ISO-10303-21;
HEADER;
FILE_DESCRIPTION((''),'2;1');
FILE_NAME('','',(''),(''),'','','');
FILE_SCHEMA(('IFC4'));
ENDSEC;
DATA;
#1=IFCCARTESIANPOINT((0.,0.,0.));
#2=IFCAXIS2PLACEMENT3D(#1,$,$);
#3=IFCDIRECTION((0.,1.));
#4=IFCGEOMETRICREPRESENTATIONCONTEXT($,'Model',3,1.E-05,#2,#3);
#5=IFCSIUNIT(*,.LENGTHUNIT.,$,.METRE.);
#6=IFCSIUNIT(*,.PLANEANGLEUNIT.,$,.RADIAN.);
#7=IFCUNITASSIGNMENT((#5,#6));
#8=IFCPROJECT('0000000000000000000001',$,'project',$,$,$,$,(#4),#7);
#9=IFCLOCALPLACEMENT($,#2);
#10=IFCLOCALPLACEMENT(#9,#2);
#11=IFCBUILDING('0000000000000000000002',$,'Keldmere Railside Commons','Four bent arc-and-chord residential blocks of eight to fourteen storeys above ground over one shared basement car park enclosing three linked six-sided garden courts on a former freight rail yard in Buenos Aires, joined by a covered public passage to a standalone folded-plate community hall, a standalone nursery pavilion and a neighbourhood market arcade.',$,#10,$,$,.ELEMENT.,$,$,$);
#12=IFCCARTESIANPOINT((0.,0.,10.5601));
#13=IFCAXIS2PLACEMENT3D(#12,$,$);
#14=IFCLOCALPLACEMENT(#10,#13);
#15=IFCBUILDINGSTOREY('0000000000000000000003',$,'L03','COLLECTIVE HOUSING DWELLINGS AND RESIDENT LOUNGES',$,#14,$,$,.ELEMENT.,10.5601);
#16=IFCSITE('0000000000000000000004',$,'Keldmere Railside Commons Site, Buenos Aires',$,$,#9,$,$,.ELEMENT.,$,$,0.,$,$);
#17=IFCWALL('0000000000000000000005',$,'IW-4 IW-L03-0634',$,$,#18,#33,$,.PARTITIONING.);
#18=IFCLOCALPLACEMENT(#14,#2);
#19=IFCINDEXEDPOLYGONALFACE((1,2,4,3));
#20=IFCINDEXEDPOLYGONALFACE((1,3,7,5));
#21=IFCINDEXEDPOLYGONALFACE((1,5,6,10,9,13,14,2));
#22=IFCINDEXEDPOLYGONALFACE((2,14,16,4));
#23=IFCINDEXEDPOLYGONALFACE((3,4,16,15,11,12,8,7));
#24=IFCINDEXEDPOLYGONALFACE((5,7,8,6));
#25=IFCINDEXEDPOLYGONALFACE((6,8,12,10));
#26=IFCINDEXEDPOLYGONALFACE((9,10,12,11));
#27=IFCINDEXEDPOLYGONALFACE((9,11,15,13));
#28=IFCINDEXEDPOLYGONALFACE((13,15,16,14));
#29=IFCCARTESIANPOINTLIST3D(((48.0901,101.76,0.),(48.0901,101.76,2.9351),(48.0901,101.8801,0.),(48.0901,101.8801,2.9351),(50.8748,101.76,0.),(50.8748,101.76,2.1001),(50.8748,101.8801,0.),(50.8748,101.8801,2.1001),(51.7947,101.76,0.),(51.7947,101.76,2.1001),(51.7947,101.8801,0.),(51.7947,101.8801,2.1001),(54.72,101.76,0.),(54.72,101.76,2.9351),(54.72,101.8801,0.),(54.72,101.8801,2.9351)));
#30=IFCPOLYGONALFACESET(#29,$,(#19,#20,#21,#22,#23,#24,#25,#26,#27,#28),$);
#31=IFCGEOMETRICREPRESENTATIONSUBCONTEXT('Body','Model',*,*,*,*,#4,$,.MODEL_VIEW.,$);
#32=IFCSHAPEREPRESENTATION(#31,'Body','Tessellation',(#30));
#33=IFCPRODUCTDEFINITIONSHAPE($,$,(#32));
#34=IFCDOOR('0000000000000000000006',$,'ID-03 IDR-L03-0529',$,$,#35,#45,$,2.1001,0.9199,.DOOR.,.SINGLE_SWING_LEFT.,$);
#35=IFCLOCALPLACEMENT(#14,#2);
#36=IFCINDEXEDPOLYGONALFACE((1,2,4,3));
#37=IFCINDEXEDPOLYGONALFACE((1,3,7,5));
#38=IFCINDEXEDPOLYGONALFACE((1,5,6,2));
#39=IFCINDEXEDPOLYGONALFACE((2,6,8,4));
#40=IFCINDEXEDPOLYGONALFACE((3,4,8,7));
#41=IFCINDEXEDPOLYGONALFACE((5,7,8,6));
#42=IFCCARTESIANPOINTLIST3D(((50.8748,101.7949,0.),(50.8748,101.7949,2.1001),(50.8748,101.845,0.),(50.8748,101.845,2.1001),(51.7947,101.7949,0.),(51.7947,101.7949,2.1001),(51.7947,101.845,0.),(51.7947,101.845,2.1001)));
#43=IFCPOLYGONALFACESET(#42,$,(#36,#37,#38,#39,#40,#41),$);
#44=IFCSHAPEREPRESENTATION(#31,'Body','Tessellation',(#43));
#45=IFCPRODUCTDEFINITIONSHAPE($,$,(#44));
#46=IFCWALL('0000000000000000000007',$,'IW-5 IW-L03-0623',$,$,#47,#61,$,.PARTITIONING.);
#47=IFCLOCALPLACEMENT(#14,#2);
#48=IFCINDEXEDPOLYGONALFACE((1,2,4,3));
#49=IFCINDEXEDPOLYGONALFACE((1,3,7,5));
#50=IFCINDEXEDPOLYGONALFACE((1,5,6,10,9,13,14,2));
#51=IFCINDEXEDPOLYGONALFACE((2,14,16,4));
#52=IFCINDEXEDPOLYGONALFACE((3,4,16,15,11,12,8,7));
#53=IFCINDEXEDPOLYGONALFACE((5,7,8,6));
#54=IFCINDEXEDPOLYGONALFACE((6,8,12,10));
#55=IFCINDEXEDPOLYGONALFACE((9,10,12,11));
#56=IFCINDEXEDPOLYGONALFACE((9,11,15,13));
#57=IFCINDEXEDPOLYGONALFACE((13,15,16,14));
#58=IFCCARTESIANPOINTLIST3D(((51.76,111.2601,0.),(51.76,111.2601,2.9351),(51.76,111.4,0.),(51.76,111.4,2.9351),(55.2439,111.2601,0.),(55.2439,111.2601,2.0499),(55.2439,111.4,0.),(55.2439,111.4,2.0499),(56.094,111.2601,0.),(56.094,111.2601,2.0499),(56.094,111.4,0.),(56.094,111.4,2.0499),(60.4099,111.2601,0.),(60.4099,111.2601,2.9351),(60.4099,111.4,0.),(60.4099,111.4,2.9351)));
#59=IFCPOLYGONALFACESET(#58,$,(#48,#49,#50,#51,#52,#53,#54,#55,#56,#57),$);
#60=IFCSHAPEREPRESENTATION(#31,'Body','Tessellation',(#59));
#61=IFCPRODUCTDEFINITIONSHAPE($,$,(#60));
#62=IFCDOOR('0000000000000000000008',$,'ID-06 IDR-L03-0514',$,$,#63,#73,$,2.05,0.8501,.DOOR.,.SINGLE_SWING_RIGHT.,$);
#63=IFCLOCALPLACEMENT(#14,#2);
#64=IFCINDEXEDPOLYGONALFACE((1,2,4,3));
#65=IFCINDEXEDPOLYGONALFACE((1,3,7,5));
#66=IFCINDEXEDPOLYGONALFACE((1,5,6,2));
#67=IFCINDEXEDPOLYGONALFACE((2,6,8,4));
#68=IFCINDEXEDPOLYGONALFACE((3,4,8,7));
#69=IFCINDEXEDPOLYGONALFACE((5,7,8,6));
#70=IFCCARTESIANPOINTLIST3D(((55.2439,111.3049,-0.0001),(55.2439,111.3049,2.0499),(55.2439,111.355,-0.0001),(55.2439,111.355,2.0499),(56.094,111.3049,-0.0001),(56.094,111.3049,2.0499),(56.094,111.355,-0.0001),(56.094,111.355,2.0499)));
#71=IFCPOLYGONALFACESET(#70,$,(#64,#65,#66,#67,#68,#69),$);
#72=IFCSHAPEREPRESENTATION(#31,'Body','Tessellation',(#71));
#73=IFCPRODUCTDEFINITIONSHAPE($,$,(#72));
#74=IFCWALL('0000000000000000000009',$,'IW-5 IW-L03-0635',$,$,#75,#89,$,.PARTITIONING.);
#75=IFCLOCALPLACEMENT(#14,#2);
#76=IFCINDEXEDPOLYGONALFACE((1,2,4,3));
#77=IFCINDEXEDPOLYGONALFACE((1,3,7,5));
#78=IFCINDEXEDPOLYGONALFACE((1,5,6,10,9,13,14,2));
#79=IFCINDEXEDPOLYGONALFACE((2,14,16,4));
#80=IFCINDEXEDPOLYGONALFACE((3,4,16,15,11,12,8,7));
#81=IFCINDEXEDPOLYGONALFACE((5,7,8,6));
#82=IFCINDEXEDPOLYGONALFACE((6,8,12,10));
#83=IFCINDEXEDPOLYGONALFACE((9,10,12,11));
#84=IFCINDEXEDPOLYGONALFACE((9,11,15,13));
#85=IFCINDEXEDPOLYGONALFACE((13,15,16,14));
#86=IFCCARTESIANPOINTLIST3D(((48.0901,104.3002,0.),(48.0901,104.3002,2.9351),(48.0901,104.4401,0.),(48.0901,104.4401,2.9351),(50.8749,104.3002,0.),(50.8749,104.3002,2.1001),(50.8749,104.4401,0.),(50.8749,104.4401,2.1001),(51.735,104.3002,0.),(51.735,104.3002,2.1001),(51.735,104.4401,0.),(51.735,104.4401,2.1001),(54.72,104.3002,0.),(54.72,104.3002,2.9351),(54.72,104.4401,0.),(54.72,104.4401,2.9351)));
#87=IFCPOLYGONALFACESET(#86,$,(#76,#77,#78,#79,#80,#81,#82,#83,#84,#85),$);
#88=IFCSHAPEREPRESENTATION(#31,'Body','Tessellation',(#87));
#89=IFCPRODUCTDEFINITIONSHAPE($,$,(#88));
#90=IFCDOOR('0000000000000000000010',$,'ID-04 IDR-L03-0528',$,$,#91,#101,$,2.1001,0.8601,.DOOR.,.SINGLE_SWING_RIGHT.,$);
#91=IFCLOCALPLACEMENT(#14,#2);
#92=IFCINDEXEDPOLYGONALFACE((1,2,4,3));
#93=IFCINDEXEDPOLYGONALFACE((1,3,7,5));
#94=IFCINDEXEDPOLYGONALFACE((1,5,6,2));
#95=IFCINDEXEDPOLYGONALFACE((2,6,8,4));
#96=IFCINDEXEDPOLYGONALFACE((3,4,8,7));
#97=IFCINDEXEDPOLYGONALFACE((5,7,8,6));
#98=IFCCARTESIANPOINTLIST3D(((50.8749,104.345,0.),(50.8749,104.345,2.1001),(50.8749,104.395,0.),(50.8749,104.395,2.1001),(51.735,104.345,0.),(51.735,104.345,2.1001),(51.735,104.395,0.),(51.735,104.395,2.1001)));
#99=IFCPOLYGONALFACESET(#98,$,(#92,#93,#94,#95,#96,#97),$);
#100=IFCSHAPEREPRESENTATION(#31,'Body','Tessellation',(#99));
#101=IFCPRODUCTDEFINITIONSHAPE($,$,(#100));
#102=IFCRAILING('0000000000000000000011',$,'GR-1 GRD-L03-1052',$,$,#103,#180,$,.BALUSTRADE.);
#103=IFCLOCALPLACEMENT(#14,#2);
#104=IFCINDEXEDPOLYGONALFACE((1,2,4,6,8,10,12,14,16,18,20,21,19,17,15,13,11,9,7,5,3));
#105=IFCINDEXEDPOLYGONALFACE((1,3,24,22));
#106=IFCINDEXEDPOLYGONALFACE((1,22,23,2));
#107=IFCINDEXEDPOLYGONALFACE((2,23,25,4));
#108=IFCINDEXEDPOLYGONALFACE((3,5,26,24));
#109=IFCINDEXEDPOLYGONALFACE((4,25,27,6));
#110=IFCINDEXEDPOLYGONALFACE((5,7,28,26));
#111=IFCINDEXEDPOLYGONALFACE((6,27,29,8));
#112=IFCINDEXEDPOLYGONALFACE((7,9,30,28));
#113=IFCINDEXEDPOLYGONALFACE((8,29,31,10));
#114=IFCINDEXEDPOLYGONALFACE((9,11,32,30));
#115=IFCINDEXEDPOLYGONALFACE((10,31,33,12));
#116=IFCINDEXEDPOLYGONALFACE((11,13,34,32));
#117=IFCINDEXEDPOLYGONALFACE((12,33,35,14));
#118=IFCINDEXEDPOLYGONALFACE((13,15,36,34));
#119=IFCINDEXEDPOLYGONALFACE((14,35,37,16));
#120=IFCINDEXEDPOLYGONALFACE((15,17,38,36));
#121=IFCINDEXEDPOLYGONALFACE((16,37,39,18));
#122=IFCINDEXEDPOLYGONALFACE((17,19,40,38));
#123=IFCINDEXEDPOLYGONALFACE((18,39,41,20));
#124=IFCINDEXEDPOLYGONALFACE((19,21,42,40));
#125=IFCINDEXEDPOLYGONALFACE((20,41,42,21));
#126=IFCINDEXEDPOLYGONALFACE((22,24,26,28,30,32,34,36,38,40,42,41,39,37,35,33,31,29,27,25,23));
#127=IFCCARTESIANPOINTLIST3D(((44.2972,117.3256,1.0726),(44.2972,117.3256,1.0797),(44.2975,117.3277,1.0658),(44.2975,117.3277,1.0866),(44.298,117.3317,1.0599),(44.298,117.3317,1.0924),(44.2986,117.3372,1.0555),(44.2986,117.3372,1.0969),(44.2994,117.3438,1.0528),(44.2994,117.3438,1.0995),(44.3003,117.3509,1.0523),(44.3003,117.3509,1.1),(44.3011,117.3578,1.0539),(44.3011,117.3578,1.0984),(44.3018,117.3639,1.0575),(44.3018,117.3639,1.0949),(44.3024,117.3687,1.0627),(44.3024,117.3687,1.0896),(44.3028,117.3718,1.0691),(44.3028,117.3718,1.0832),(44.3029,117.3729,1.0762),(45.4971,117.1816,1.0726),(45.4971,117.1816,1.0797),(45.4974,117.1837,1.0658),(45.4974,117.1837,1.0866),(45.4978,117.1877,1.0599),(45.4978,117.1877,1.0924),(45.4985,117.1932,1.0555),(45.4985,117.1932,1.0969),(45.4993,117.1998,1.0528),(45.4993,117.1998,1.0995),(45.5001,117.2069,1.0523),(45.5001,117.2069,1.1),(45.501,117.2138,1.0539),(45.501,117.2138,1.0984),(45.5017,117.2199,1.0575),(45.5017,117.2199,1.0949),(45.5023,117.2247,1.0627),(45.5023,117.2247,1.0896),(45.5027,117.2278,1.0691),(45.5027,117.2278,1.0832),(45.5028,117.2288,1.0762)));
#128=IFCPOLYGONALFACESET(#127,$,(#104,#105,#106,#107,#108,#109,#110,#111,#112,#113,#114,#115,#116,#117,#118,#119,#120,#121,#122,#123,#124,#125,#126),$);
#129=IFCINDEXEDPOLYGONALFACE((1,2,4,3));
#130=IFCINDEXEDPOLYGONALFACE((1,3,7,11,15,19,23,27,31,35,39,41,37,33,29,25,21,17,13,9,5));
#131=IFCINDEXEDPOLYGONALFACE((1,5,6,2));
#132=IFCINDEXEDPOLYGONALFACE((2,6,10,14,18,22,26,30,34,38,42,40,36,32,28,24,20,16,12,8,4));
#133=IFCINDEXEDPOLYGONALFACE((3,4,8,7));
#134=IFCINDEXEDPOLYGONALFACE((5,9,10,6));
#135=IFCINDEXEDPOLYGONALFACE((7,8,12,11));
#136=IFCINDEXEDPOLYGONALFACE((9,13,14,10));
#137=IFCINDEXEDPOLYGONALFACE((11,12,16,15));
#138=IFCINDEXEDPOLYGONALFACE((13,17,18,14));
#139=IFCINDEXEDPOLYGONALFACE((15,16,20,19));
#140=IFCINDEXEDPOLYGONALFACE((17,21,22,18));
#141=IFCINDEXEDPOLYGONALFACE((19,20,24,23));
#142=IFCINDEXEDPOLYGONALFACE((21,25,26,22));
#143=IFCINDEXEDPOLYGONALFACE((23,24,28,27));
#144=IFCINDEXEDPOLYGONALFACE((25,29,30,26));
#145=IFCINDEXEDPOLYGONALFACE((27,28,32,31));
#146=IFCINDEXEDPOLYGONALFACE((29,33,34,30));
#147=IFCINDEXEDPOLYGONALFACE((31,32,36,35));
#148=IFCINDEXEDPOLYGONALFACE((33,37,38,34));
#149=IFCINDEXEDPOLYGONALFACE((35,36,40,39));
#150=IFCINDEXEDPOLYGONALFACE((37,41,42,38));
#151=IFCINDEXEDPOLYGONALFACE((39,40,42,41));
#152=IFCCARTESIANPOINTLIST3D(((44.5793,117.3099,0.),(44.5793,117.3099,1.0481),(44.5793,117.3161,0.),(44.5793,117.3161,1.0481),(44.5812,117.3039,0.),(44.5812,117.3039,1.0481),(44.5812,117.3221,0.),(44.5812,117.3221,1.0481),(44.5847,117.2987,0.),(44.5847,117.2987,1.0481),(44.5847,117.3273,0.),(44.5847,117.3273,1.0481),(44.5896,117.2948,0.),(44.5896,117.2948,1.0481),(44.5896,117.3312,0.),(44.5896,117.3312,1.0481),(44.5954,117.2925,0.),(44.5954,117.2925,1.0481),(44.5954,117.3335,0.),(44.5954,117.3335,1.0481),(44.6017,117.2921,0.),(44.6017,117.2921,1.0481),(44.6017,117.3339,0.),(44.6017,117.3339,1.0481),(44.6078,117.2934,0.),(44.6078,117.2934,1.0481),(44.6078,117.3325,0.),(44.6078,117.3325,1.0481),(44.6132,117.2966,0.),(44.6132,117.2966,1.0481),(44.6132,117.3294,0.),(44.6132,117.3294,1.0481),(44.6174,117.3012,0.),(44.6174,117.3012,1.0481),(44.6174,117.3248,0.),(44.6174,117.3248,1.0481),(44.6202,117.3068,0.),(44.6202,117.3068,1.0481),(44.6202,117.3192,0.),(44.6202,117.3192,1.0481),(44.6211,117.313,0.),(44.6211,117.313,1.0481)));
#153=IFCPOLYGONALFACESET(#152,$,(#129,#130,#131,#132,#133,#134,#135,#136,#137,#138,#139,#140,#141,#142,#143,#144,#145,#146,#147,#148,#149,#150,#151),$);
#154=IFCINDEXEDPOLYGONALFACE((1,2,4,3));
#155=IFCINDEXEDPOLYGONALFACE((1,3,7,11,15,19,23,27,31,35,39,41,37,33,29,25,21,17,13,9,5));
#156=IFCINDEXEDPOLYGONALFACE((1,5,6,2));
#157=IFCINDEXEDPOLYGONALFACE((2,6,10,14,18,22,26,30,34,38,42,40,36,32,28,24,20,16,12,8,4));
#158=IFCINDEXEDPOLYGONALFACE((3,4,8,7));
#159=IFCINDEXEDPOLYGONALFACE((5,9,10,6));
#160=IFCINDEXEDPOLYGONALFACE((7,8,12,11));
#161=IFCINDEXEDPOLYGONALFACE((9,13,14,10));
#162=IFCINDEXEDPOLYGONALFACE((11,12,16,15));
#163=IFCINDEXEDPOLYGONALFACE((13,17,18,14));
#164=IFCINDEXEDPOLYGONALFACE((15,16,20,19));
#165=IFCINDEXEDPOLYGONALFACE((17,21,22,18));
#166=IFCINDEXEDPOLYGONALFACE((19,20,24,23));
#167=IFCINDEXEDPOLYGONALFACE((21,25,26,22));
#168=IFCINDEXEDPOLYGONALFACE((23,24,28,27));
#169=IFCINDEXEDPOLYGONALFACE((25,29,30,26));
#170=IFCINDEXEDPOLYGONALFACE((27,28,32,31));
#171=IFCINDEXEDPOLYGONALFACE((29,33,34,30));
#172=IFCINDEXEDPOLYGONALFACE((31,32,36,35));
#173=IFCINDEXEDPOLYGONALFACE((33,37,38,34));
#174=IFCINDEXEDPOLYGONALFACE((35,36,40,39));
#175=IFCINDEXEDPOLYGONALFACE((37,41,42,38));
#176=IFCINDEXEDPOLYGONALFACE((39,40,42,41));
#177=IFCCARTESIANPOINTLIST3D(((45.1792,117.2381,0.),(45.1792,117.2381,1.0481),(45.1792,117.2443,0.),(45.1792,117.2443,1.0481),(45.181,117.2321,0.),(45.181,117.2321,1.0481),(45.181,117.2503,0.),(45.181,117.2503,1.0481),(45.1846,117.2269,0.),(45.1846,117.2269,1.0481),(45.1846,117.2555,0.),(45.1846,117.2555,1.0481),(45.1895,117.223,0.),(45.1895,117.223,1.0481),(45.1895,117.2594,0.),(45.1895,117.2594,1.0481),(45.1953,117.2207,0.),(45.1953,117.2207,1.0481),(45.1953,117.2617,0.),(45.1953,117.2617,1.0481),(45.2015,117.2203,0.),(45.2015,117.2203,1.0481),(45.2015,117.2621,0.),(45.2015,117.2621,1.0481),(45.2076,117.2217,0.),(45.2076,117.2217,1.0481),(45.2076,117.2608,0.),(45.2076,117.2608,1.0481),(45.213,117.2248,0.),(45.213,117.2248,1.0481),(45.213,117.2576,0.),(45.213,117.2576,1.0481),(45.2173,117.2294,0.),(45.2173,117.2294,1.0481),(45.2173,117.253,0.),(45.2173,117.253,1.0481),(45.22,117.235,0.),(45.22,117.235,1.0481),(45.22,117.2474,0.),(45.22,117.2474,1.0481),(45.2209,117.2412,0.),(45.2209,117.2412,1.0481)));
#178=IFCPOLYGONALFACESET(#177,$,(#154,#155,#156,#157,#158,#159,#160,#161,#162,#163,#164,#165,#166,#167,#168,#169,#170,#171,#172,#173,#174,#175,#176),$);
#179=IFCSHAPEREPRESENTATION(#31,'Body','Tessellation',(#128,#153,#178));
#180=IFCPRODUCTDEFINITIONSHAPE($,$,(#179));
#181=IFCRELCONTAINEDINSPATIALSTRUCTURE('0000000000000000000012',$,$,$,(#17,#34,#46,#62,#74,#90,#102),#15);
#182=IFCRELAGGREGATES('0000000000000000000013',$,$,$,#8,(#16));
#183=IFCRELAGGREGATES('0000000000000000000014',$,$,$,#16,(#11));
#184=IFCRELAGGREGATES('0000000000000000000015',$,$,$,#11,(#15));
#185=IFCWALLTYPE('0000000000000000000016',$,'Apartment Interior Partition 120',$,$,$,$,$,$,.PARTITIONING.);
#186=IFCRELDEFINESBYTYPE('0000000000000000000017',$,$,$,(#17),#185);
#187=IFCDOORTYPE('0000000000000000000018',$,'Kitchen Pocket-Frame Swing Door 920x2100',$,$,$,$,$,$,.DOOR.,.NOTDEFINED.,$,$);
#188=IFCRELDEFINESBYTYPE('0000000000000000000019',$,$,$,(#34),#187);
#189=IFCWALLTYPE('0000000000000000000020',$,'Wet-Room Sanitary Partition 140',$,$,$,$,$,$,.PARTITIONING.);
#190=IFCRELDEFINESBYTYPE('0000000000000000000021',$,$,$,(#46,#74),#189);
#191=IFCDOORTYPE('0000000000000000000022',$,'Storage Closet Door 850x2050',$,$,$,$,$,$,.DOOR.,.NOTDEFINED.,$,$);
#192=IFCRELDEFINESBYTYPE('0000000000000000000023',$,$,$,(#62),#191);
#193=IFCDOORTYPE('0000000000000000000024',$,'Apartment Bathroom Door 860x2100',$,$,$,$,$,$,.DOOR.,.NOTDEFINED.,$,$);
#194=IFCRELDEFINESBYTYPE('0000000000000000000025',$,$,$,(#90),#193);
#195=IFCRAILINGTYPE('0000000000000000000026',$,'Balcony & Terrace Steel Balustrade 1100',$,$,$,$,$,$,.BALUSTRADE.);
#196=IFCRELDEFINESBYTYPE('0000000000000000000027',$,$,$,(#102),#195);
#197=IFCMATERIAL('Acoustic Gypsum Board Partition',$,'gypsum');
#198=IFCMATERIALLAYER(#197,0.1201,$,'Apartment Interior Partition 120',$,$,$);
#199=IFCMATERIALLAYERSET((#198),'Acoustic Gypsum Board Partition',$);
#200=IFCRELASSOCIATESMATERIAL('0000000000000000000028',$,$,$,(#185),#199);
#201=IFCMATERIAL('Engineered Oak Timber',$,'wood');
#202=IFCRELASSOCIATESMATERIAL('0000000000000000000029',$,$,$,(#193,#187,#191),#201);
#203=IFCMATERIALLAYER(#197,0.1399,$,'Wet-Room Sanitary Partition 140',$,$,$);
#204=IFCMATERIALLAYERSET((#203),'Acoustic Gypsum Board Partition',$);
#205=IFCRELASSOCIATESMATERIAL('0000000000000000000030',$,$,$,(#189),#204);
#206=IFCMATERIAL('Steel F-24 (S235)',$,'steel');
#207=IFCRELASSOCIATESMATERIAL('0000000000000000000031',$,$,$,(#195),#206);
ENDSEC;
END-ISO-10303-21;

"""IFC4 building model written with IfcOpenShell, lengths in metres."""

from ifc_helpers import new_model, si_unit, direction, frame, frame_2d, origin, origin_2d, place, context, subcontext, project, spatial, rectangle, circle, extrude, material, layer, layer_set, type_object, element, fill, save


model = new_model("IFC4")

# Units and contexts
model_context = context("Model", 3, precision=1e-05, world=origin(), true_north=direction((0.0, 1.0)))
body_context = subcontext(model_context, "Body", "Model", "MODEL_VIEW")
ifc_project = project(units=[si_unit("LENGTHUNIT", "METRE"), si_unit("PLANEANGLEUNIT", "RADIAN")], contexts=[model_context])

# Site, building, storey
site_placement = place(None, origin())
site = spatial("IfcSite", under=ifc_project, at=site_placement, Name="Keldmere Railside Commons Site, Buenos Aires", CompositionType="ELEMENT", RefElevation=0.0)
building_placement = place(site_placement, origin())
building = spatial("IfcBuilding", under=site, at=building_placement, Name="Keldmere Railside Commons", Description="Four bent arc-and-chord residential blocks of eight to fourteen storeys above ground over one shared basement car park enclosing three linked six-sided garden courts on a former freight rail yard in Buenos Aires, joined by a covered public passage to a standalone folded-plate community hall, a standalone nursery pavilion and a neighbourhood market arcade.", CompositionType="ELEMENT")
storey_placement = place(building_placement, frame((0.0, 0.0, 10.5601)))
storey = spatial("IfcBuildingStorey", under=building, at=storey_placement, Name="L03", Description="COLLECTIVE HOUSING DWELLINGS AND RESIDENT LOUNGES", CompositionType="ELEMENT", Elevation=10.5601)

# Shared definitions
ifc_material_1 = material(Name="Acoustic Gypsum Board Partition", Category="gypsum")

# Shared definitions
ifc_layer_1 = layer(ifc_material_1, 0.1201, Name="Apartment Interior Partition 120")
ifc_layer_set_1 = layer_set([ifc_layer_1], Name="Acoustic Gypsum Board Partition")
wall_type_1 = type_object("IfcWallType", Name="Apartment Interior Partition 120", PredefinedType="PARTITIONING", material=ifc_layer_set_1)
ifc_material_2 = material(Name="Engineered Oak Timber", Category="wood")
door_type_1 = type_object("IfcDoorType", Name="Apartment Bathroom Door 860x2100", OperationType="NOTDEFINED", PredefinedType="DOOR", material=ifc_material_2)

# Walls, openings, doors
wall_1_placement = place(storey_placement, frame((48.0901, 101.8201, 0.0), z_axis=(0.0, 0.0, 1.0), x_axis=(1.0, 0.0, 0.0)))
wall_1 = element("IfcWall", 1, at=wall_1_placement, inside=storey, type_object=wall_type_1, Name="IW-4 IW-L03-0634", PredefinedType="PARTITIONING", context=body_context, shape_type="SweptSolid", body=[
    extrude(rectangle(XDim=6.6299, YDim=0.1201, at=frame_2d((3.3149, 0.0))), origin(), (0.0, 0.0, 1.0), 2.9351),
])
opening_1_placement = place(wall_1_placement, frame((2.7847, 0.0, 0.0)))
opening_1 = element("IfcOpeningElement", 2, at=opening_1_placement, cuts=wall_1, PredefinedType="OPENING", context=body_context, shape_type="SweptSolid", body=[
    extrude(rectangle(XDim=0.9199, YDim=2.1001, at=frame_2d((0.46, 1.05))), frame((0.0, 0.0701, 0.0), z_axis=(0.0, -1.0, 0.0), x_axis=(1.0, 0.0, 0.0)), (0.0, 0.0, 1.0), 0.1401),
])
door_type_2 = type_object("IfcDoorType", Name="Kitchen Pocket-Frame Swing Door 920x2100", OperationType="NOTDEFINED", PredefinedType="DOOR", material=ifc_material_2)
door_1_placement = place(opening_1_placement, origin())
door_1 = element("IfcDoor", 3, at=door_1_placement, inside=storey, type_object=door_type_2, Name="ID-03 IDR-L03-0529", OperationType="SINGLE_SWING_LEFT", OverallHeight=2.1001, OverallWidth=0.9199, PredefinedType="DOOR", context=body_context, shape_type="SweptSolid", body=[
    extrude(rectangle(XDim=0.9199, YDim=2.1001, at=frame_2d((0.46, 1.05))), frame((0.0, 0.0249, 0.0), z_axis=(0.0, -1.0, 0.0), x_axis=(1.0, 0.0, 0.0)), (0.0, 0.0, 1.0), 0.05),
])
fill(opening_1, door_1)
ifc_layer_2 = layer(ifc_material_1, 0.1399, Name="Wet-Room Sanitary Partition 140")
ifc_layer_set_2 = layer_set([ifc_layer_2], Name="Acoustic Gypsum Board Partition")
wall_type_2 = type_object("IfcWallType", Name="Wet-Room Sanitary Partition 140", PredefinedType="PARTITIONING", material=ifc_layer_set_2)
wall_2_placement = place(storey_placement, frame((51.76, 111.3301, 0.0), z_axis=(0.0, 0.0, 1.0), x_axis=(1.0, 0.0, 0.0)))
wall_2 = element("IfcWall", 4, at=wall_2_placement, inside=storey, type_object=wall_type_2, Name="IW-5 IW-L03-0623", PredefinedType="PARTITIONING", context=body_context, shape_type="SweptSolid", body=[
    extrude(rectangle(XDim=8.6499, YDim=0.1399, at=frame_2d((4.325, 0.0))), origin(), (0.0, 0.0, 1.0), 2.9351),
])
opening_2_placement = place(wall_2_placement, frame((3.4839, 0.0, 0.0)))
opening_2 = element("IfcOpeningElement", 5, at=opening_2_placement, cuts=wall_2, PredefinedType="OPENING", context=body_context, shape_type="SweptSolid", body=[
    extrude(rectangle(XDim=0.8501, YDim=2.05, at=frame_2d((0.425, 1.0249))), frame((0.0, 0.0798, 0.0), z_axis=(0.0, -1.0, 0.0), x_axis=(1.0, 0.0, 0.0)), (0.0, 0.0, 1.0), 0.1599),
])
door_type_3 = type_object("IfcDoorType", Name="Storage Closet Door 850x2050", OperationType="NOTDEFINED", PredefinedType="DOOR", material=ifc_material_2)
door_2_placement = place(opening_2_placement, origin())
door_2 = element("IfcDoor", 6, at=door_2_placement, inside=storey, type_object=door_type_3, Name="ID-06 IDR-L03-0514", OperationType="SINGLE_SWING_RIGHT", OverallHeight=2.05, OverallWidth=0.8501, PredefinedType="DOOR", context=body_context, shape_type="SweptSolid", body=[
    extrude(rectangle(XDim=0.8501, YDim=2.05, at=frame_2d((0.425, 1.0249))), frame((0.0, 0.0249, 0.0), z_axis=(0.0, -1.0, 0.0), x_axis=(1.0, 0.0, 0.0)), (0.0, 0.0, 1.0), 0.05),
])
fill(opening_2, door_2)
wall_3_placement = place(storey_placement, frame((48.0901, 104.3701, 0.0), z_axis=(0.0, 0.0, 1.0), x_axis=(1.0, 0.0, 0.0)))
wall_3 = element("IfcWall", 7, at=wall_3_placement, inside=storey, type_object=wall_type_2, Name="IW-5 IW-L03-0635", PredefinedType="PARTITIONING", context=body_context, shape_type="SweptSolid", body=[
    extrude(rectangle(XDim=6.6299, YDim=0.1399, at=frame_2d((3.3149, 0.0))), origin(), (0.0, 0.0, 1.0), 2.9351),
])
opening_3_placement = place(wall_3_placement, frame((2.7847, 0.0, 0.0)))
opening_3 = element("IfcOpeningElement", 8, at=opening_3_placement, cuts=wall_3, PredefinedType="OPENING", context=body_context, shape_type="SweptSolid", body=[
    extrude(rectangle(XDim=0.8601, YDim=2.1001, at=frame_2d((0.4302, 1.05))), frame((0.0, 0.0798, 0.0), z_axis=(0.0, -1.0, 0.0), x_axis=(1.0, 0.0, 0.0)), (0.0, 0.0, 1.0), 0.1599),
])
door_3_placement = place(opening_3_placement, origin())
door_3 = element("IfcDoor", 9, at=door_3_placement, inside=storey, type_object=door_type_1, Name="ID-04 IDR-L03-0528", OperationType="SINGLE_SWING_RIGHT", OverallHeight=2.1001, OverallWidth=0.8601, PredefinedType="DOOR", context=body_context, shape_type="SweptSolid", body=[
    extrude(rectangle(XDim=0.8601, YDim=2.1001, at=frame_2d((0.4302, 1.05))), frame((0.0, 0.0249, 0.0), z_axis=(0.0, -1.0, 0.0), x_axis=(1.0, 0.0, 0.0)), (0.0, 0.0, 1.0), 0.05),
])
fill(opening_3, door_3)

# Railing
ifc_material_3 = material(Name="Steel F-24 (S235)", Category="steel")
railing_type = type_object("IfcRailingType", Name="Balcony & Terrace Steel Balustrade 1100", PredefinedType="BALUSTRADE", material=ifc_material_3)
railing_1_placement = place(storey_placement, frame((44.3, 117.3491, 0.0)))
element("IfcRailing", 10, at=railing_1_placement, inside=storey, type_object=railing_type, Name="GR-1 GRD-L03-1052", PredefinedType="BALUSTRADE", context=body_context, shape_type="SweptSolid", body=[
    extrude(circle(Radius=0.0239, at=origin_2d()), frame((0.0, 0.0, 1.0762), z_axis=(0.992872, -0.119185, 0.0), x_axis=(0.119185, 0.992872, 0.0)), (0.0, 0.0, 1.0), 1.2085),
    extrude(circle(Radius=0.021, at=origin_2d()), frame((0.3, -0.0361, 0.0)), (0.0, 0.0, 1.0), 1.0481),
    extrude(circle(Radius=0.021, at=origin_2d()), frame((0.8999, -0.1079, 0.0)), (0.0, 0.0, 1.0), 1.0481),
])

save(model, "model.ifc")
